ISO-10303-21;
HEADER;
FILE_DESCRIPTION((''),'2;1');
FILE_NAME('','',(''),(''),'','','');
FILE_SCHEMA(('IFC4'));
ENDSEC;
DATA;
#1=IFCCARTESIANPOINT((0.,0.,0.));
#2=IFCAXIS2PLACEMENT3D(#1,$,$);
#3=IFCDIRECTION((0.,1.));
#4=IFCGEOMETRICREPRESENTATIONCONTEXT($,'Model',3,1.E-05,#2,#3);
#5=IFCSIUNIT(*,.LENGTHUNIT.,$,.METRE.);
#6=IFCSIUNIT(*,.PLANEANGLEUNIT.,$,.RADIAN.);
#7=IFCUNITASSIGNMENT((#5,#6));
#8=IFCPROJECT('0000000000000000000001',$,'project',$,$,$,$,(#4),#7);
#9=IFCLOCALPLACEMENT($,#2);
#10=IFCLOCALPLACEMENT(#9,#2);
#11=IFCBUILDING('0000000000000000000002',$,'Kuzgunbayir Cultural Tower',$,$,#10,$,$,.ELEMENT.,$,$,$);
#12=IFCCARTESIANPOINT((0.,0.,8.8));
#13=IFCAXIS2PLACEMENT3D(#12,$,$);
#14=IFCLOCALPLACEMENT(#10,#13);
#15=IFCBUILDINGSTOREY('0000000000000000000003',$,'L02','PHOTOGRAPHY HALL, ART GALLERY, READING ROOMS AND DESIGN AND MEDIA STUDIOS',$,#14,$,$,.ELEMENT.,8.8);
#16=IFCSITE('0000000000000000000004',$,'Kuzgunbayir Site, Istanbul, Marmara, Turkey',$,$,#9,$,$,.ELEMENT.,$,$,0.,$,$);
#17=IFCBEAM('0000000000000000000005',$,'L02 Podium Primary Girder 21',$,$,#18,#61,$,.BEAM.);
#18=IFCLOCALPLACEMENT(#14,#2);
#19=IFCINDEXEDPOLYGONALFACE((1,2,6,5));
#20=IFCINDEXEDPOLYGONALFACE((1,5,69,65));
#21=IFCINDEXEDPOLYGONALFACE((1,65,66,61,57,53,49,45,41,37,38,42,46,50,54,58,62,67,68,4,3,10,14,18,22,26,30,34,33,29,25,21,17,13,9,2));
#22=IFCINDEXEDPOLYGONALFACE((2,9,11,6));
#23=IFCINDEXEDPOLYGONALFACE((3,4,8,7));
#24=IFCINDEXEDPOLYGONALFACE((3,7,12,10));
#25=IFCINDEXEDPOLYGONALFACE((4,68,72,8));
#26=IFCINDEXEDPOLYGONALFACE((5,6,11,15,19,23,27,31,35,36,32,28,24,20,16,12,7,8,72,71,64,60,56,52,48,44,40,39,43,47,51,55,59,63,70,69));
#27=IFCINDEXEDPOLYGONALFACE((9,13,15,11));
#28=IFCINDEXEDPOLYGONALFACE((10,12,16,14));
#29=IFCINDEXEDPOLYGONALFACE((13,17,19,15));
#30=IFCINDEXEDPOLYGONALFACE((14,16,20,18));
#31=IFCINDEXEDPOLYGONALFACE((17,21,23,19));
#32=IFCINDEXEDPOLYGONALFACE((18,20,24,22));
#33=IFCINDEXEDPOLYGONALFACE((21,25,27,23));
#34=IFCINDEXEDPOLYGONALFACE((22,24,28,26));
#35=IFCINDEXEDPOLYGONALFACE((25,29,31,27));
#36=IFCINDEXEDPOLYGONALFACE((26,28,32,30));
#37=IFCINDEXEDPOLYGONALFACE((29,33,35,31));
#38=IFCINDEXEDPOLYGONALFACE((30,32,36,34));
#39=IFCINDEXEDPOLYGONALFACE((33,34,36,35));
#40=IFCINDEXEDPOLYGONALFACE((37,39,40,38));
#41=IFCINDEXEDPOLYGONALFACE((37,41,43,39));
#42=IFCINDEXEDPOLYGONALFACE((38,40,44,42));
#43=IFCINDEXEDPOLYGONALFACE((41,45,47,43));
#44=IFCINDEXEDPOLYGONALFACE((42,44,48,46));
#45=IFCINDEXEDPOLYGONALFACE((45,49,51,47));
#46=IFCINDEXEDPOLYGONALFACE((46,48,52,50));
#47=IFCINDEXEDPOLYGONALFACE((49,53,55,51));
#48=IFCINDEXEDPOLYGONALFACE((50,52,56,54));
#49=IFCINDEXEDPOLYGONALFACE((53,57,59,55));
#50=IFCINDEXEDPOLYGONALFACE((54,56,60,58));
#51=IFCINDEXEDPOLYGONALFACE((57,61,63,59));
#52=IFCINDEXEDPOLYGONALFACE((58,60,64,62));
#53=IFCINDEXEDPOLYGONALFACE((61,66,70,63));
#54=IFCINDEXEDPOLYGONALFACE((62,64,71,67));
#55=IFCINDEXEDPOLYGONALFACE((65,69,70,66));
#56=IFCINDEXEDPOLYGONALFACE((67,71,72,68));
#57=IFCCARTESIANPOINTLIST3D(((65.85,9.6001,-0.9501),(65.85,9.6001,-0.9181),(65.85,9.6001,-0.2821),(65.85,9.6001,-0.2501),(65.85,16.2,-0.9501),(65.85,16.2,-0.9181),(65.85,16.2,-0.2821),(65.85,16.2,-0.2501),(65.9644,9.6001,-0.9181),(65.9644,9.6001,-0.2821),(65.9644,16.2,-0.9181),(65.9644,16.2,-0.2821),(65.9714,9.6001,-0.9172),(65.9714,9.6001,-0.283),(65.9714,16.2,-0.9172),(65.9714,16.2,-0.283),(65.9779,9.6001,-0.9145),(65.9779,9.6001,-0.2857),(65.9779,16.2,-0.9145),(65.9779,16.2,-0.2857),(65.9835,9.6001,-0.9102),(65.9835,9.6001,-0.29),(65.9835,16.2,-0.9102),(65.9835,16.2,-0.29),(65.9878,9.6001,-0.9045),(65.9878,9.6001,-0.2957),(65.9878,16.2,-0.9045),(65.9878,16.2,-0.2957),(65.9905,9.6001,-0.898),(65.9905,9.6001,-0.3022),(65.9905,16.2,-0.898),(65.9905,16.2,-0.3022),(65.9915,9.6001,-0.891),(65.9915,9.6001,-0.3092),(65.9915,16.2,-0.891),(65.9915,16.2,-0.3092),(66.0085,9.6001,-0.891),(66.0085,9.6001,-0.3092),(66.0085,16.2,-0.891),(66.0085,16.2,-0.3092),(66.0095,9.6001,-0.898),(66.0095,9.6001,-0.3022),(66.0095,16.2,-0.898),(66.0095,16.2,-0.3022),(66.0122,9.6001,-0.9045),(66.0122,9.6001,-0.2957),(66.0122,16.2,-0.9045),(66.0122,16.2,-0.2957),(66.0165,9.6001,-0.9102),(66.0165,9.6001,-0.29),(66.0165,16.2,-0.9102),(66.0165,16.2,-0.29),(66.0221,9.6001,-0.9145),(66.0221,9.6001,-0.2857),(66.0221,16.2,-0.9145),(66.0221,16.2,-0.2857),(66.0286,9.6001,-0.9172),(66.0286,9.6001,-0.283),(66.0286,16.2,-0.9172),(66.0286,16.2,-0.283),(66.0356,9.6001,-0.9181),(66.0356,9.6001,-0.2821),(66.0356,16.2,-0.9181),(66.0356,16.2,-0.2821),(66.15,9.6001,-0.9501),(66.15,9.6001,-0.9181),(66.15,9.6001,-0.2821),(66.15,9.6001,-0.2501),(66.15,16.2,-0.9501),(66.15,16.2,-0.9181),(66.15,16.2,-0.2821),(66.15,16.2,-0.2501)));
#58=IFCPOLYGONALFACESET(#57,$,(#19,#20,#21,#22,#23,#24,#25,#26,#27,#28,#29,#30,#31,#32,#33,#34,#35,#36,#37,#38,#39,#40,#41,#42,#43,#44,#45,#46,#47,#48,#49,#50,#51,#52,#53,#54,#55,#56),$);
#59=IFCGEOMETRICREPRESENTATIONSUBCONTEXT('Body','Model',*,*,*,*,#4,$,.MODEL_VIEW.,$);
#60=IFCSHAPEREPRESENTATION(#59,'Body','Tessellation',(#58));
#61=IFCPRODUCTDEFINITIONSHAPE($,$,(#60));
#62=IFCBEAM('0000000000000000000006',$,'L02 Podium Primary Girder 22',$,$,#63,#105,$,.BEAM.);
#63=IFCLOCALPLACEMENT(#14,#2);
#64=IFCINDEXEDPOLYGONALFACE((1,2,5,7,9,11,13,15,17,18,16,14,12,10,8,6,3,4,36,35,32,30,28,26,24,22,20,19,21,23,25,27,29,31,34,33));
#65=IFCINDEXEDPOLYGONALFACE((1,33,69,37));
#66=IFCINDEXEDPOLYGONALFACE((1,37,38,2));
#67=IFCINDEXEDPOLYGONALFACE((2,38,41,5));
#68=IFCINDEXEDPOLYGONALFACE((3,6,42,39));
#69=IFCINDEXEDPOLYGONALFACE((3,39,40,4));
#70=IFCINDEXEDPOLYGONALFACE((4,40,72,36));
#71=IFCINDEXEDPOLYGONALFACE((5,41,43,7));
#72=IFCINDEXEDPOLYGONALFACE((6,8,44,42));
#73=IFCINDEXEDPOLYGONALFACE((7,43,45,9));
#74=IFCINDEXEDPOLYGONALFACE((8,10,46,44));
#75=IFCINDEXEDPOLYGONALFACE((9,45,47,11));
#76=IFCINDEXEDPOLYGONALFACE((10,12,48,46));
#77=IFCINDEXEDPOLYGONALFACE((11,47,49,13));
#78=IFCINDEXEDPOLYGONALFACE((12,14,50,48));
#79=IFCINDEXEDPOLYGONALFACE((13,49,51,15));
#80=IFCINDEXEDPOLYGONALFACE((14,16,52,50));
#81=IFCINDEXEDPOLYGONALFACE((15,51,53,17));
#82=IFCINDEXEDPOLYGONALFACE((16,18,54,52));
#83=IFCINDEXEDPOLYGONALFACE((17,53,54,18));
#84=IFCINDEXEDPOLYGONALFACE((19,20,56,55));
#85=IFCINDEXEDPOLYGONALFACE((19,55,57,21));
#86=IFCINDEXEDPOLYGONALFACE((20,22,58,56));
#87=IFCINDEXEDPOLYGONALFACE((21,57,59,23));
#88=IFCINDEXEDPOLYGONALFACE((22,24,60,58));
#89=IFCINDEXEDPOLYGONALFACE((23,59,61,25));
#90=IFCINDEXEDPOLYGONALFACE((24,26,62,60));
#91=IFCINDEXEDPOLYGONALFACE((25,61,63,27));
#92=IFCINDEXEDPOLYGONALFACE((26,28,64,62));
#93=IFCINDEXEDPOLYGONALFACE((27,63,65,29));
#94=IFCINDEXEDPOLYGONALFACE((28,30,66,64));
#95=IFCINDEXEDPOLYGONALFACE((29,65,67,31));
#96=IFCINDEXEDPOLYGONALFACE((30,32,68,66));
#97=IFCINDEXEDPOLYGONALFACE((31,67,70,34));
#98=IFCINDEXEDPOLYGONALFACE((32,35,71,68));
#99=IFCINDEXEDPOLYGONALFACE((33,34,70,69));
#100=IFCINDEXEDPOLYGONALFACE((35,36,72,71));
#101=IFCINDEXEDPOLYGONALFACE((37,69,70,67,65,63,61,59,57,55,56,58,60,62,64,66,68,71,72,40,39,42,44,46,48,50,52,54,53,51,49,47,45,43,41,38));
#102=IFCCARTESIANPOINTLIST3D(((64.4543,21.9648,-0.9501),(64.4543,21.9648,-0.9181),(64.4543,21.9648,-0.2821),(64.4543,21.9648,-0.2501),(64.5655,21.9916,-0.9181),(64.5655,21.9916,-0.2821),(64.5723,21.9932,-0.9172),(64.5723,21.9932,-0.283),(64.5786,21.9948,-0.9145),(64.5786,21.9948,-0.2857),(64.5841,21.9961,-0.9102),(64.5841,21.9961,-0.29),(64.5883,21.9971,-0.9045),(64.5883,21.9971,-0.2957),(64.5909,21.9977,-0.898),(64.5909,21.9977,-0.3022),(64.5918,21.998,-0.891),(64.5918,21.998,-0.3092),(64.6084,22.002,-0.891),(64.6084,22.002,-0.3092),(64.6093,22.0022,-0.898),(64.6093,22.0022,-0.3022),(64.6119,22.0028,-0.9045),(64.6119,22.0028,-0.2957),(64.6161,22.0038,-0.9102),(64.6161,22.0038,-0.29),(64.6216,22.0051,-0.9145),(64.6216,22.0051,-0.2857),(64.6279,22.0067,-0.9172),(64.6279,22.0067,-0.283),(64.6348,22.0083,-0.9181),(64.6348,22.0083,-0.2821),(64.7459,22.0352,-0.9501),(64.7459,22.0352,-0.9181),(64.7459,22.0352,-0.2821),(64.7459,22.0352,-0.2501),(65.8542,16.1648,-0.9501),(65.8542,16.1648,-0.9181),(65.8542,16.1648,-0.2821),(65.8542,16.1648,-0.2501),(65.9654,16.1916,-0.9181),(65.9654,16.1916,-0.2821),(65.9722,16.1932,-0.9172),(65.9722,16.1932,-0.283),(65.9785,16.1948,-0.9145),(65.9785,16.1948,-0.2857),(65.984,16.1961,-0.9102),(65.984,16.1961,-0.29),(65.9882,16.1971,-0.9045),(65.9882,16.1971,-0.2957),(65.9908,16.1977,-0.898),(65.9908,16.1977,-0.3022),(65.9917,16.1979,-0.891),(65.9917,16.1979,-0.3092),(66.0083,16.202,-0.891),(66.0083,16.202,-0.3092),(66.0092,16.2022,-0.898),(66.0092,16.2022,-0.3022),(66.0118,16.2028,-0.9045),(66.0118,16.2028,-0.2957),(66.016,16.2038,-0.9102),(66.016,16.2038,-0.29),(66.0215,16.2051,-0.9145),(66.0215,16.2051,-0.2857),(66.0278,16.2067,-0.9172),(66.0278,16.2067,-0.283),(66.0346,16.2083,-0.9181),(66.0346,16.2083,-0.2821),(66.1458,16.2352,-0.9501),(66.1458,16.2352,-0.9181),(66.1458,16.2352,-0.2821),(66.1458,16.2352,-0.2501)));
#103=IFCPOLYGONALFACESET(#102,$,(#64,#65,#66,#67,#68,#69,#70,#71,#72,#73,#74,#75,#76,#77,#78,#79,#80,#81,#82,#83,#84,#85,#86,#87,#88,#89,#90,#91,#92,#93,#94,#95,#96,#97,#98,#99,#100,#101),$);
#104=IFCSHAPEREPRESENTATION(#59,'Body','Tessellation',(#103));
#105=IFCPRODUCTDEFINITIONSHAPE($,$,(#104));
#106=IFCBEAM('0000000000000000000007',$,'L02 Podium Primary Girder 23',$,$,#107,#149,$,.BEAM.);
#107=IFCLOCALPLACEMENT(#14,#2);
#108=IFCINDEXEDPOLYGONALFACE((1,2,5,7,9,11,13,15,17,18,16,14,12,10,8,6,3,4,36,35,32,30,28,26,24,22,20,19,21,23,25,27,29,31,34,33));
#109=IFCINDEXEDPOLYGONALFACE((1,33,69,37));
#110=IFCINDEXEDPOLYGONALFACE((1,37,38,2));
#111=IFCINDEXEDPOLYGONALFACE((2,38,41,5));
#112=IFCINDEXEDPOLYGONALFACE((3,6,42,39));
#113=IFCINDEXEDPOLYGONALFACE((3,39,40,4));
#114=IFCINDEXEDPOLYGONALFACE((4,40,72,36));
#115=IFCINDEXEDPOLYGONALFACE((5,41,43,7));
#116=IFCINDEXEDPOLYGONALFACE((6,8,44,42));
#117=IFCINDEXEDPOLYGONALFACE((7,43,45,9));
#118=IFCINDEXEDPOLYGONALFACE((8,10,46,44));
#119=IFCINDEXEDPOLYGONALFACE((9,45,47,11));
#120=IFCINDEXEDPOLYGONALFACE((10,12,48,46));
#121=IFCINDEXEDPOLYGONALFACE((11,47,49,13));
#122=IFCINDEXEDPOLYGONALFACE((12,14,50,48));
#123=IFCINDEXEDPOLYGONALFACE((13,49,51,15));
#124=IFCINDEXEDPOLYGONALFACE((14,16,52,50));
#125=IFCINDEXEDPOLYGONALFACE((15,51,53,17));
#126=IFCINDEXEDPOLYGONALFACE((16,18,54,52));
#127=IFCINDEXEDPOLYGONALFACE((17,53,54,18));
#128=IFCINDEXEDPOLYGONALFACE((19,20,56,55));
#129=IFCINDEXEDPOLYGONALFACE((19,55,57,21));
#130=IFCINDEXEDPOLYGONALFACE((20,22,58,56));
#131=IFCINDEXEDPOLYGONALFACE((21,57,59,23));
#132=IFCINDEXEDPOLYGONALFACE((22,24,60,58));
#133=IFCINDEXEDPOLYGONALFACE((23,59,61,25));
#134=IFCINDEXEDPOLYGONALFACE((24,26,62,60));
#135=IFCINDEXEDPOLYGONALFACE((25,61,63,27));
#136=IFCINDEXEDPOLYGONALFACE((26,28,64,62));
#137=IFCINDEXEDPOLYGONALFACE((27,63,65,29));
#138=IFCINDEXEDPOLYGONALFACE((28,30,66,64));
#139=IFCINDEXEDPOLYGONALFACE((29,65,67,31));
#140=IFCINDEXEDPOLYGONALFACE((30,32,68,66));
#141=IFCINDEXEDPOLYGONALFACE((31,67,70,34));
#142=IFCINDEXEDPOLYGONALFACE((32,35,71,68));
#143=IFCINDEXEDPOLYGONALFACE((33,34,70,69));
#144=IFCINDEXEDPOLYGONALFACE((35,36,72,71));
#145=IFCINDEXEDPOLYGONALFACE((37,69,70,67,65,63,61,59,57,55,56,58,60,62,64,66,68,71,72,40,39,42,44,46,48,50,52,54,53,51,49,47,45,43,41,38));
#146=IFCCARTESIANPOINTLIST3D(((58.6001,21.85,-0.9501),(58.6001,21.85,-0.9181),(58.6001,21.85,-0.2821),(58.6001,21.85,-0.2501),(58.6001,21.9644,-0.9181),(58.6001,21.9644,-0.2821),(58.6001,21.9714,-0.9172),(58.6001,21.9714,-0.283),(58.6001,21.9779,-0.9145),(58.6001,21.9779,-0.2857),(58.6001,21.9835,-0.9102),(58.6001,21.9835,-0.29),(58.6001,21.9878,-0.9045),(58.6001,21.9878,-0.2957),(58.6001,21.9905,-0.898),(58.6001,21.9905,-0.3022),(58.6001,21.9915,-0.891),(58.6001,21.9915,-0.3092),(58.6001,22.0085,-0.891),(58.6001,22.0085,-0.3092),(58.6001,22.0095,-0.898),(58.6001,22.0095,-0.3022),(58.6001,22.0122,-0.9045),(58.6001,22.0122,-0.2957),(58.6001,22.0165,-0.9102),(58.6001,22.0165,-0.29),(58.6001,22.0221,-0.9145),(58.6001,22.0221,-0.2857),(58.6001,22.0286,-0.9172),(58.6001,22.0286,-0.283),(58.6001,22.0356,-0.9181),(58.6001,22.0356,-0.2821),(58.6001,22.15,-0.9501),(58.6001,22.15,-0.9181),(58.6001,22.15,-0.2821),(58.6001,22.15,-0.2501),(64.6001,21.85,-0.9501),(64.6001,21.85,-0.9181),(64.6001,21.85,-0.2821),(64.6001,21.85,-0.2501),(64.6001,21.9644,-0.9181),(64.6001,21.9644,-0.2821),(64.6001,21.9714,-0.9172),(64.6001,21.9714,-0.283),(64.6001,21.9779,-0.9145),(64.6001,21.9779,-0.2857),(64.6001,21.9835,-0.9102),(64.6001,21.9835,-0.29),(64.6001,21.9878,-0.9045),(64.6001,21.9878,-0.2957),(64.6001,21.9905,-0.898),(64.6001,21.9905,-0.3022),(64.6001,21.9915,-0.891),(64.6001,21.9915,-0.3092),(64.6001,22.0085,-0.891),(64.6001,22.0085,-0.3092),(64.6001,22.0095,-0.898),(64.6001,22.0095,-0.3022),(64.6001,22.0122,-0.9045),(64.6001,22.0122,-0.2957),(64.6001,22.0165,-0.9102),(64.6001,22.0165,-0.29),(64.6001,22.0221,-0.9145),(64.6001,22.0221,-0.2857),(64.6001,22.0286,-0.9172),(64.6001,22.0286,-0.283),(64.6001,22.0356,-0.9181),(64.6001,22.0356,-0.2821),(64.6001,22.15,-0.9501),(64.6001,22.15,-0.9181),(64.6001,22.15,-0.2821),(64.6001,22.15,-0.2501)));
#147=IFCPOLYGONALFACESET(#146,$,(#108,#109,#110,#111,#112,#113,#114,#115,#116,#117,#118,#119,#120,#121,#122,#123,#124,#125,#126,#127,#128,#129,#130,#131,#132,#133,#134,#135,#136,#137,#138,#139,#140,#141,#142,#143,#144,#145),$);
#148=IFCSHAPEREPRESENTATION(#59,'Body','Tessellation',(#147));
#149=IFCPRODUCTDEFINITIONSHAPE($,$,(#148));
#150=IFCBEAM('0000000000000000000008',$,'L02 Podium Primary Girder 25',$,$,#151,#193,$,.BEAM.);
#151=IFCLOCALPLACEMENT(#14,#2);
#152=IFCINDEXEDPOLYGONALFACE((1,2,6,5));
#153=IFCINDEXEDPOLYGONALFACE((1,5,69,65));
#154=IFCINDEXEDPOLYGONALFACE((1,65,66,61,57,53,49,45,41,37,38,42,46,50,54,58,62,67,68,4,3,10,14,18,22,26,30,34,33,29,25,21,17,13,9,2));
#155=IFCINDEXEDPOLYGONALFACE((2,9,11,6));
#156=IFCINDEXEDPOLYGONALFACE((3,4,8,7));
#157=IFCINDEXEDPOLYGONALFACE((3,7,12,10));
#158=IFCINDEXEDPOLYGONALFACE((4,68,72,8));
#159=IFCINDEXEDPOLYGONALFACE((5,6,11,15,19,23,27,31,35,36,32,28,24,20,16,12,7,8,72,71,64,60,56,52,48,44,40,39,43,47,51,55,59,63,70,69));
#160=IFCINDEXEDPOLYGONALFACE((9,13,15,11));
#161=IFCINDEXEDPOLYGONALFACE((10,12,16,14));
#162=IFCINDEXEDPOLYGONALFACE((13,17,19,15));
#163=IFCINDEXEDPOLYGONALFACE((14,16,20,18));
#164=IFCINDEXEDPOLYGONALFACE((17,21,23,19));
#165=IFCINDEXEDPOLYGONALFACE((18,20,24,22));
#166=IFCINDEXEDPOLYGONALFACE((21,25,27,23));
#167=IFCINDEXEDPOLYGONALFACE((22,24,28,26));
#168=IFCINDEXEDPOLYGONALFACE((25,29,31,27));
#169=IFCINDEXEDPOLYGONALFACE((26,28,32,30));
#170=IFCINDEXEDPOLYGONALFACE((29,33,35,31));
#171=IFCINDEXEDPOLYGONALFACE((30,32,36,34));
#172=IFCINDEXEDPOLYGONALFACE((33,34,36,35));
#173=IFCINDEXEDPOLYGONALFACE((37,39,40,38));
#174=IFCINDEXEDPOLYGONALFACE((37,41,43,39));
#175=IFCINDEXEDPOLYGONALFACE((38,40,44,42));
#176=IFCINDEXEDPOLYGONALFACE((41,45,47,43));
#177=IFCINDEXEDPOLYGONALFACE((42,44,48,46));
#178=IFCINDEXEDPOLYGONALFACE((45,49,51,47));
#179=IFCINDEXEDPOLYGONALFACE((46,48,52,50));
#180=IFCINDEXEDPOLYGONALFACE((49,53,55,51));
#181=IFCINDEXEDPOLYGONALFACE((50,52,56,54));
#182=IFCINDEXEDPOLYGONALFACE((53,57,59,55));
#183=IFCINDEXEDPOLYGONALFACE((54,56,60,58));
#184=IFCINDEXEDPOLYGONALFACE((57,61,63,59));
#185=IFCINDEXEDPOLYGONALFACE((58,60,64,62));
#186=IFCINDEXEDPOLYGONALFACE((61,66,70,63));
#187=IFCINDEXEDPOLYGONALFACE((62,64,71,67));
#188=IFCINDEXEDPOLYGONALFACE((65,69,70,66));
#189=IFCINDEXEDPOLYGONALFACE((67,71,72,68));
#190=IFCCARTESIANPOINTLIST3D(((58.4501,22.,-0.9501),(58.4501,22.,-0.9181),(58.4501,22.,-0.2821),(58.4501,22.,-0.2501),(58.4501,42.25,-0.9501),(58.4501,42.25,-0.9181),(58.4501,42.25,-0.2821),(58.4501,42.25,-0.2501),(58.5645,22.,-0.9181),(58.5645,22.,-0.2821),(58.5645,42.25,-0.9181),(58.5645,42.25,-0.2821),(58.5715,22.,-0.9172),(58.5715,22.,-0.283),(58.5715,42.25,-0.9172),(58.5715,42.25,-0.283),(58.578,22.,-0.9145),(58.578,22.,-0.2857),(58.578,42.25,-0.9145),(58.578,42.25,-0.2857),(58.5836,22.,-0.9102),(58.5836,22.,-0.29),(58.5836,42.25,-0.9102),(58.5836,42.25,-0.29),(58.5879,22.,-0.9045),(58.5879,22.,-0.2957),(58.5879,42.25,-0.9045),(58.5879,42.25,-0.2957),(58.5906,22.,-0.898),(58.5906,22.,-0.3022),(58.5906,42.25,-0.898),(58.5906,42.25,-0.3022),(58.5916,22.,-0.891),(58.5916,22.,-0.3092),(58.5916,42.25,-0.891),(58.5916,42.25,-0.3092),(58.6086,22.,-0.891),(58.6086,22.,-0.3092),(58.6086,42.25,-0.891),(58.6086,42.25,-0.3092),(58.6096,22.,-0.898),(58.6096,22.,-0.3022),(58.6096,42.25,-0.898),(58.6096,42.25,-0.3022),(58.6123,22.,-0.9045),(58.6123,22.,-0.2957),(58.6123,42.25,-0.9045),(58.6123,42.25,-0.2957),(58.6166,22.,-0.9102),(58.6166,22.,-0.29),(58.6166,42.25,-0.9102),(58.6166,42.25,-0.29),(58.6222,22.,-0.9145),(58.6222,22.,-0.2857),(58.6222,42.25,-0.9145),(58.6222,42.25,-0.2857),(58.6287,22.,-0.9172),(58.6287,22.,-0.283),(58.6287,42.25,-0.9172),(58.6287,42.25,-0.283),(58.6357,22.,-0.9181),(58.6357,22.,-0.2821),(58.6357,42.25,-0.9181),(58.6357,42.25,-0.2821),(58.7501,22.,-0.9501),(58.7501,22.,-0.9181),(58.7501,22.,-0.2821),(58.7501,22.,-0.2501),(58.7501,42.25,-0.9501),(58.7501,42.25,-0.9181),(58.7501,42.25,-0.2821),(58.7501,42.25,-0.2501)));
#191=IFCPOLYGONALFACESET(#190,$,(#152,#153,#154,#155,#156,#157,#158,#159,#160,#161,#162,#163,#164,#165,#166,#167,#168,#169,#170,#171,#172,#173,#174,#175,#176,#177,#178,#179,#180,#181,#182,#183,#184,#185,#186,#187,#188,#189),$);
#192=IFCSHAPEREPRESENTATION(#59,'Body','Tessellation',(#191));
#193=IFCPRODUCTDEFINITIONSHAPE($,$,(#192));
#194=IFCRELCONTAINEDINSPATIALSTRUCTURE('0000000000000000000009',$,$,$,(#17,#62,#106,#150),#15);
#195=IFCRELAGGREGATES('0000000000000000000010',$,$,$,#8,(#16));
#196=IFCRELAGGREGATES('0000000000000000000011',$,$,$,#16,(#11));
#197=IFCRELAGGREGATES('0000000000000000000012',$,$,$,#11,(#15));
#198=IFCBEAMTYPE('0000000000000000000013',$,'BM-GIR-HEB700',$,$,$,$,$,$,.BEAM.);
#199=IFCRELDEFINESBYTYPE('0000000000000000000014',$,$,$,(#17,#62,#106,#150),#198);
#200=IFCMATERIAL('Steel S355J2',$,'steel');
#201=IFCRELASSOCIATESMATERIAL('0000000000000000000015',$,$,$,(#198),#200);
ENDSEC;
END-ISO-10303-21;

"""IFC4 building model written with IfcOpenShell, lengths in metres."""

from ifc_helpers import new_model, si_unit, direction, frame, origin, origin_2d, place, context, subcontext, project, spatial, i_section, extrude, material, material_profile, profile_set, type_object, element, save


model = new_model("IFC4")

# Units and contexts
model_context = context("Model", 3, precision=1e-05, world=origin(), true_north=direction((0.0, 1.0)))
body_context = subcontext(model_context, "Body", "Model", "MODEL_VIEW")
ifc_project = project(units=[si_unit("LENGTHUNIT", "METRE"), si_unit("PLANEANGLEUNIT", "RADIAN")], contexts=[model_context])

# Site, building, storey
site_placement = place(None, origin())
site = spatial("IfcSite", under=ifc_project, at=site_placement, Name="Kuzgunbayir Site, Istanbul, Marmara, Turkey", CompositionType="ELEMENT", RefElevation=0.0)
building_placement = place(site_placement, origin())
building = spatial("IfcBuilding", under=site, at=building_placement, Name="Kuzgunbayir Cultural Tower", CompositionType="ELEMENT")
storey_placement = place(building_placement, frame((0.0, 0.0, 8.8)))
storey = spatial("IfcBuildingStorey", under=building, at=storey_placement, Name="L02", Description="PHOTOGRAPHY HALL, ART GALLERY, READING ROOMS AND DESIGN AND MEDIA STUDIOS", CompositionType="ELEMENT", Elevation=8.8)

# Beams
ifc_material_1 = material(Name="Steel S355J2", Category="steel")
ifc_material_profile_1 = material_profile(ifc_material_1, i_section(OverallWidth=0.3, OverallDepth=0.7, WebThickness=0.0171, FlangeThickness=0.032, FilletRadius=0.0271, at=origin_2d()), Name="HEB 700")
ifc_profile_set_1 = profile_set([ifc_material_profile_1], Name="Steel S355J2")
beam_type = type_object("IfcBeamType", Name="BM-GIR-HEB700", PredefinedType="BEAM", material=ifc_profile_set_1)
beam_1_placement = place(storey_placement, frame((66.0, 9.6001, -0.6001), z_axis=(0.0, 1.0, 0.0), x_axis=(-1.0, 0.0, 0.0)))
element("IfcBeam", 1, at=beam_1_placement, inside=storey, type_object=beam_type, Name="L02 Podium Primary Girder 21", PredefinedType="BEAM", context=body_context, shape_type="SweptSolid", body=[
    extrude(i_section(OverallWidth=0.3, OverallDepth=0.7, WebThickness=0.0171, FlangeThickness=0.032, FilletRadius=0.0271, at=origin_2d()), origin(), (0.0, 0.0, 1.0), 6.5999),
])
beam_2_placement = place(storey_placement, frame((66.0, 16.2, -0.6001), z_axis=(-0.234623, 0.972086, 0.0), x_axis=(-0.972086, -0.234623, 0.0)))
element("IfcBeam", 2, at=beam_2_placement, inside=storey, type_object=beam_type, Name="L02 Podium Primary Girder 22", PredefinedType="BEAM", context=body_context, shape_type="SweptSolid", body=[
    extrude(i_section(OverallWidth=0.3, OverallDepth=0.7, WebThickness=0.0171, FlangeThickness=0.032, FilletRadius=0.0271, at=origin_2d()), origin(), (0.0, 0.0, 1.0), 5.9666),
])
beam_3_placement = place(storey_placement, frame((58.6001, 22.0, -0.6001), z_axis=(1.0, 0.0, 0.0), x_axis=(0.0, 1.0, 0.0)))
element("IfcBeam", 3, at=beam_3_placement, inside=storey, type_object=beam_type, Name="L02 Podium Primary Girder 23", PredefinedType="BEAM", context=body_context, shape_type="SweptSolid", body=[
    extrude(i_section(OverallWidth=0.3, OverallDepth=0.7, WebThickness=0.0171, FlangeThickness=0.032, FilletRadius=0.0271, at=origin_2d()), origin(), (0.0, 0.0, 1.0), 6.0),
])
beam_4_placement = place(storey_placement, frame((58.6001, 22.0, -0.6001), z_axis=(0.0, 1.0, 0.0), x_axis=(-1.0, 0.0, 0.0)))
element("IfcBeam", 4, at=beam_4_placement, inside=storey, type_object=beam_type, Name="L02 Podium Primary Girder 25", PredefinedType="BEAM", context=body_context, shape_type="SweptSolid", body=[
    extrude(i_section(OverallWidth=0.3, OverallDepth=0.7, WebThickness=0.0171, FlangeThickness=0.032, FilletRadius=0.0271, at=origin_2d()), origin(), (0.0, 0.0, 1.0), 20.25),
])

save(model, "model.ifc")
